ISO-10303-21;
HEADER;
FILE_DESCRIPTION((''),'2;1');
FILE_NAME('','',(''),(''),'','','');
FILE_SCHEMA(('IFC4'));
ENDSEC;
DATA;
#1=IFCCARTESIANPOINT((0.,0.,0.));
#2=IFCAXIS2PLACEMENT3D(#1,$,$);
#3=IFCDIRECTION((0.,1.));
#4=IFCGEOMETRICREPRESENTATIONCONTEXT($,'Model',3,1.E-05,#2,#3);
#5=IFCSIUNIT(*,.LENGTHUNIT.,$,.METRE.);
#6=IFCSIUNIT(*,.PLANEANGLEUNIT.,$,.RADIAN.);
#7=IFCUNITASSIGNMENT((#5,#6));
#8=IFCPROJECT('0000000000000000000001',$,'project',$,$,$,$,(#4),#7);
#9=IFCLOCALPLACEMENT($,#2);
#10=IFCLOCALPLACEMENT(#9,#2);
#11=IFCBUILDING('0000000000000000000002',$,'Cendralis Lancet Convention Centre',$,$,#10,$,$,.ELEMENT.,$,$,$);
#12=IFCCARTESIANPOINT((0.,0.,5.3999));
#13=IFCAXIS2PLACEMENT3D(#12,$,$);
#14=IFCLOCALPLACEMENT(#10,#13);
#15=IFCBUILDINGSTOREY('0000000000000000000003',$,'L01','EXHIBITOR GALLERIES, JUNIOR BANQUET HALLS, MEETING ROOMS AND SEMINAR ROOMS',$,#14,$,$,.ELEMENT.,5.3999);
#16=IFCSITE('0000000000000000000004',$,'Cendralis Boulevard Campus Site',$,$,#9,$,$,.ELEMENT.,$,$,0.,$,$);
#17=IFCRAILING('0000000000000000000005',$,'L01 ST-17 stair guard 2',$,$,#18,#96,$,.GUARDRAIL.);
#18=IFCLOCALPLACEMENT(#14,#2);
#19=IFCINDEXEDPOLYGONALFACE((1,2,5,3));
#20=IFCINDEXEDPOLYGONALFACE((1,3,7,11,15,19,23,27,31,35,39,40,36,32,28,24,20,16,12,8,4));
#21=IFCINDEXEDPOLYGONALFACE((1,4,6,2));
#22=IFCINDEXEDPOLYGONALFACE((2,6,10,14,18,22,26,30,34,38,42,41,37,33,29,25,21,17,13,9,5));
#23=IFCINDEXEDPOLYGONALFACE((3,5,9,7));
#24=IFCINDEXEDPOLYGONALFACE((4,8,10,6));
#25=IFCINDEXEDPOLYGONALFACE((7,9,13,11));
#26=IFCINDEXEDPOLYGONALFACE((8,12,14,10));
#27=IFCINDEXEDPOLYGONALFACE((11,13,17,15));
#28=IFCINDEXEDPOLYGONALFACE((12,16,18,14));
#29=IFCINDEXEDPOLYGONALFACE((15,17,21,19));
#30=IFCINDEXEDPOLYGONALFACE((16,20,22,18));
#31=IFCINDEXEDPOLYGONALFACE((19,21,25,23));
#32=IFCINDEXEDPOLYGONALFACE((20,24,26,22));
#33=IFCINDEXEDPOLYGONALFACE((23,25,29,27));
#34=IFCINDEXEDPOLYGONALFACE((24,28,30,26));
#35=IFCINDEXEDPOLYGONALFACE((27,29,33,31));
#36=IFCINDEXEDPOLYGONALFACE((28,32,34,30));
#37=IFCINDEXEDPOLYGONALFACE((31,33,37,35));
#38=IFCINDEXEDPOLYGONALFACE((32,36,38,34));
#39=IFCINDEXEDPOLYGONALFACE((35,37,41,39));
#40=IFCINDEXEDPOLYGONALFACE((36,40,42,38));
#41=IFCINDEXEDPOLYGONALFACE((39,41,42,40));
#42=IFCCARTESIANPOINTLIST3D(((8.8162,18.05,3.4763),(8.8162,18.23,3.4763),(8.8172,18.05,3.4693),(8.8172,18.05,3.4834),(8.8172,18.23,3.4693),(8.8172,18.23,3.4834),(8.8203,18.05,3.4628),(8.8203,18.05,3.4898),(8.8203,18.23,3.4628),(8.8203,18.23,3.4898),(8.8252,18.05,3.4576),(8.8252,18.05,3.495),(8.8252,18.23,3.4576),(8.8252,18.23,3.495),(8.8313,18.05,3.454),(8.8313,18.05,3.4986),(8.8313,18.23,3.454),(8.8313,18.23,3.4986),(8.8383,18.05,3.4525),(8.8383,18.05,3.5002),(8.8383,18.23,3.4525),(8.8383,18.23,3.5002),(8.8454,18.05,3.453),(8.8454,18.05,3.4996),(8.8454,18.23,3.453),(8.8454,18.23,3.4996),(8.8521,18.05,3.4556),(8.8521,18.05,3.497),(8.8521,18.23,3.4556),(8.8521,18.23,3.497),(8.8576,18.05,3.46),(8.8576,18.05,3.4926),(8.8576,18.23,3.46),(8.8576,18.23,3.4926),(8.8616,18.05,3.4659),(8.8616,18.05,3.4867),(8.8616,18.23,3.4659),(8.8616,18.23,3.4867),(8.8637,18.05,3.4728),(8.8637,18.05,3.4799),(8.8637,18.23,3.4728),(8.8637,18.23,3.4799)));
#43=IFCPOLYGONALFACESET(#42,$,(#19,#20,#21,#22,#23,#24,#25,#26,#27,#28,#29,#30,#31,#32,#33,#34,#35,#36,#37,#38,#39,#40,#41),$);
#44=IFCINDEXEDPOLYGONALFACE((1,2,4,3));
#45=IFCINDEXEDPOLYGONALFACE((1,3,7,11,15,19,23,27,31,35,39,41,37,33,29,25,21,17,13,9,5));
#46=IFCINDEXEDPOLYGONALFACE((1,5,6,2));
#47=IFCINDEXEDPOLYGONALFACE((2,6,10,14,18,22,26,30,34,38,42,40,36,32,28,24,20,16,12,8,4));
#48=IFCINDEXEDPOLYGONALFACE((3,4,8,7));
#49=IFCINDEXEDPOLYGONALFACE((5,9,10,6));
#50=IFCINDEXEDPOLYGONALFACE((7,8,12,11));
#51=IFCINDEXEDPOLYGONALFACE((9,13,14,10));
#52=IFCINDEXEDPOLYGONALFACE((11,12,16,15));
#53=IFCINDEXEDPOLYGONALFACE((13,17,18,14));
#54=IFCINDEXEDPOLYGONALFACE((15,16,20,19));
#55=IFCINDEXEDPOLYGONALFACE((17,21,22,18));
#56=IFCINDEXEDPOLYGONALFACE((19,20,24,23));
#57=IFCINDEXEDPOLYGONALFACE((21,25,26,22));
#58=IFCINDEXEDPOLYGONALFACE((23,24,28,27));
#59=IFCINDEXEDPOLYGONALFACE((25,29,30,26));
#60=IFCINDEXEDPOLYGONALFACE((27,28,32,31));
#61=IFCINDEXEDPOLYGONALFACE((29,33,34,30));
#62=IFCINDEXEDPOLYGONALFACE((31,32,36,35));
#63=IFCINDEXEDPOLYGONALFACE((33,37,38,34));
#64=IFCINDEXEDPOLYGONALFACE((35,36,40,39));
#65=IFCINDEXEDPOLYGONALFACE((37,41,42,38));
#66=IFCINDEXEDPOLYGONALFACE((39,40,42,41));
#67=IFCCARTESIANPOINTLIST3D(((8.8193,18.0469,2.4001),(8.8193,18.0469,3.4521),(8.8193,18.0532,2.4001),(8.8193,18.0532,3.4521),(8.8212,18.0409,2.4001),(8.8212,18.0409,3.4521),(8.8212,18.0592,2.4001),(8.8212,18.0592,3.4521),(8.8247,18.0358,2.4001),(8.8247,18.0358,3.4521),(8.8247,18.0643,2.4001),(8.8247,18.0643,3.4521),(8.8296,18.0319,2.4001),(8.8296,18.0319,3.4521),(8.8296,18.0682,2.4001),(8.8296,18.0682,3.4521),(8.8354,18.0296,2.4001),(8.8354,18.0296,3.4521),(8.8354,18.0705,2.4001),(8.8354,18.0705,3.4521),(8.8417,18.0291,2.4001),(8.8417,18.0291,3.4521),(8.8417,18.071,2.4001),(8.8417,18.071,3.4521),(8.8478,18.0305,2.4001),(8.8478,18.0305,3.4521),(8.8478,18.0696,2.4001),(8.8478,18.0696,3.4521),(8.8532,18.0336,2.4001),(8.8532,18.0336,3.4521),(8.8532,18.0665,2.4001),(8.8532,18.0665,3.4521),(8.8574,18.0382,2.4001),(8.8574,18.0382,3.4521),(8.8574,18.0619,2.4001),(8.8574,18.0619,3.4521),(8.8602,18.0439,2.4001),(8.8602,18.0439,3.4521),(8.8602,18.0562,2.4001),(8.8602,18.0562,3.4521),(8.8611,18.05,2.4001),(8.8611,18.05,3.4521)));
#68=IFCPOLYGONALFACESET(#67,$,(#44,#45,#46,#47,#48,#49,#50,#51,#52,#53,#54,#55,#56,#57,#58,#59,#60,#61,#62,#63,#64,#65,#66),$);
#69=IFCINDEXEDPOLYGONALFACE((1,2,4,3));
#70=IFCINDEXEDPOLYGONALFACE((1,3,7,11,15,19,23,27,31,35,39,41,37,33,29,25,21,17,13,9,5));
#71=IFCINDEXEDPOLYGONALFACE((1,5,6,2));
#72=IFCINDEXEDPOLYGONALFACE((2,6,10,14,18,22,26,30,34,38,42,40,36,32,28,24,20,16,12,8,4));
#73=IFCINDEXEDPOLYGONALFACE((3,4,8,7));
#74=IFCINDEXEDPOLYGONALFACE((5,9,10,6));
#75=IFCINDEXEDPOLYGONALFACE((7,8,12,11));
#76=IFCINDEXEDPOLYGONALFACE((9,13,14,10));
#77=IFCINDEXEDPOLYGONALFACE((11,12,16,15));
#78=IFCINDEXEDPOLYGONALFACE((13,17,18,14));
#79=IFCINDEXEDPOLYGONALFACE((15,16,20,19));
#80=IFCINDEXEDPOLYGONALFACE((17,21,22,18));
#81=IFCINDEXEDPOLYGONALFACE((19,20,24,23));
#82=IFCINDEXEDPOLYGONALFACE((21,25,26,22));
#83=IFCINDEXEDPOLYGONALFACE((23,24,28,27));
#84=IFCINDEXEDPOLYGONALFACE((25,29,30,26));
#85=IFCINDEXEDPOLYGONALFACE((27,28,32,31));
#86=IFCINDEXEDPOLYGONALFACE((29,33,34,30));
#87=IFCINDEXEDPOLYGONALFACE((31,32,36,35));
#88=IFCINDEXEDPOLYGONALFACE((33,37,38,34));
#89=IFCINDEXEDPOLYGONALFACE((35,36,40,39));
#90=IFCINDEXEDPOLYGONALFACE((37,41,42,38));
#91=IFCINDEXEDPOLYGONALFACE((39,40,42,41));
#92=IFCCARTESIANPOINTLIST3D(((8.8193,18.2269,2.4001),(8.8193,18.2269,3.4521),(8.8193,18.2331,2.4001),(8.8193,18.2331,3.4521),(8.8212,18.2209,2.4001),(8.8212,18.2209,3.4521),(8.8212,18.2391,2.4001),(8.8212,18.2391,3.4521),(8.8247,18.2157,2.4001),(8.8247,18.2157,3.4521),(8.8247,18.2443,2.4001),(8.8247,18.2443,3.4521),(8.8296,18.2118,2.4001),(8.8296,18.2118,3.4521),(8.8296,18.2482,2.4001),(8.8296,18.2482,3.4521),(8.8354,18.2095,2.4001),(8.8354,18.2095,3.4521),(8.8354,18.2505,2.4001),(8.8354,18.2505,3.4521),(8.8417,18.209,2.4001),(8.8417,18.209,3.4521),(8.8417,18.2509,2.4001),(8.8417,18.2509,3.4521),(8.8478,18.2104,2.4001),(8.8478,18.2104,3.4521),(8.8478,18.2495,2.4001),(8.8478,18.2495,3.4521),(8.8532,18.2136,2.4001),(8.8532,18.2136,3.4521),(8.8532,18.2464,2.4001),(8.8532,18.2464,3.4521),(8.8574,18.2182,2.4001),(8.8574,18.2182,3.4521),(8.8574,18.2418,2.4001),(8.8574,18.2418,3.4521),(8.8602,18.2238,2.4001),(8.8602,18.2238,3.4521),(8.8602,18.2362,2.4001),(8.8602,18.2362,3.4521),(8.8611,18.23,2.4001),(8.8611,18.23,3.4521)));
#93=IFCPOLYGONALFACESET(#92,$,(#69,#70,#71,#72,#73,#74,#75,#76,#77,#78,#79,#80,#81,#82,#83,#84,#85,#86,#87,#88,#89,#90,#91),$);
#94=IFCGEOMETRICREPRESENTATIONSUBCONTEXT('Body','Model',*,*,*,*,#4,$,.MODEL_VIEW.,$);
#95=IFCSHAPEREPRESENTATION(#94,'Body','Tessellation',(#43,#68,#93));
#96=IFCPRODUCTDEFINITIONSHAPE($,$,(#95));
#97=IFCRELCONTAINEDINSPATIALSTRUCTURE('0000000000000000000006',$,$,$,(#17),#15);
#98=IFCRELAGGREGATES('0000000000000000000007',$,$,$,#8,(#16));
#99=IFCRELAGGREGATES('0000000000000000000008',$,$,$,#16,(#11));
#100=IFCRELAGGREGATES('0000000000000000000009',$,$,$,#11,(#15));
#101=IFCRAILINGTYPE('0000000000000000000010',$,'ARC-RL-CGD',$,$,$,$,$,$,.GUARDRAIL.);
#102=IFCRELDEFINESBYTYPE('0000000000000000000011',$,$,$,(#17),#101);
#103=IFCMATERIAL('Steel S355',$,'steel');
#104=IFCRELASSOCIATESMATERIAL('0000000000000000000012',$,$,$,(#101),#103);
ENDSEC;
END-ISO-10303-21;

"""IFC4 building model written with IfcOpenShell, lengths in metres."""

from ifc_helpers import new_model, si_unit, direction, frame, origin, origin_2d, place, context, subcontext, project, spatial, circle, extrude, material, type_object, element, save


model = new_model("IFC4")

# Units and contexts
model_context = context("Model", 3, precision=1e-05, world=origin(), true_north=direction((0.0, 1.0)))
body_context = subcontext(model_context, "Body", "Model", "MODEL_VIEW")
ifc_project = project(units=[si_unit("LENGTHUNIT", "METRE"), si_unit("PLANEANGLEUNIT", "RADIAN")], contexts=[model_context])

# Site, building, storey
site_placement = place(None, origin())
site = spatial("IfcSite", under=ifc_project, at=site_placement, Name="Cendralis Boulevard Campus Site", CompositionType="ELEMENT", RefElevation=0.0)
building_placement = place(site_placement, origin())
building = spatial("IfcBuilding", under=site, at=building_placement, Name="Cendralis Lancet Convention Centre", CompositionType="ELEMENT")
storey_placement = place(building_placement, frame((0.0, 0.0, 5.3999)))
storey = spatial("IfcBuildingStorey", under=building, at=storey_placement, Name="L01", Description="EXHIBITOR GALLERIES, JUNIOR BANQUET HALLS, MEETING ROOMS AND SEMINAR ROOMS", CompositionType="ELEMENT", Elevation=5.3999)

# Shared definitions
ifc_material_1 = material(Name="Steel S355", Category="steel")

# Railing
railing_type_1 = type_object("IfcRailingType", Name="ARC-RL-CGD", PredefinedType="GUARDRAIL", material=ifc_material_1)
railing_1_placement = place(storey_placement, frame((8.8401, 18.05, 2.4001)))
element("IfcRailing", 1, at=railing_1_placement, inside=storey, type_object=railing_type_1, Name="L01 ST-17 stair guard 2", PredefinedType="GUARDRAIL", context=body_context, shape_type="SweptSolid", body=[
    extrude(circle(Radius=0.0239, at=origin_2d()), frame((0.0, 0.0, 1.0762), z_axis=(0.0, 1.0, 0.0), x_axis=(-1.0, 0.0, 0.0)), (0.0, 0.0, 1.0), 0.1799),
    extrude(circle(Radius=0.021, at=origin_2d()), origin(), (0.0, 0.0, 1.0), 1.052),
    extrude(circle(Radius=0.021, at=origin_2d()), frame((0.0, 0.1799, 0.0)), (0.0, 0.0, 1.0), 1.052),
])

save(model, "model.ifc")
